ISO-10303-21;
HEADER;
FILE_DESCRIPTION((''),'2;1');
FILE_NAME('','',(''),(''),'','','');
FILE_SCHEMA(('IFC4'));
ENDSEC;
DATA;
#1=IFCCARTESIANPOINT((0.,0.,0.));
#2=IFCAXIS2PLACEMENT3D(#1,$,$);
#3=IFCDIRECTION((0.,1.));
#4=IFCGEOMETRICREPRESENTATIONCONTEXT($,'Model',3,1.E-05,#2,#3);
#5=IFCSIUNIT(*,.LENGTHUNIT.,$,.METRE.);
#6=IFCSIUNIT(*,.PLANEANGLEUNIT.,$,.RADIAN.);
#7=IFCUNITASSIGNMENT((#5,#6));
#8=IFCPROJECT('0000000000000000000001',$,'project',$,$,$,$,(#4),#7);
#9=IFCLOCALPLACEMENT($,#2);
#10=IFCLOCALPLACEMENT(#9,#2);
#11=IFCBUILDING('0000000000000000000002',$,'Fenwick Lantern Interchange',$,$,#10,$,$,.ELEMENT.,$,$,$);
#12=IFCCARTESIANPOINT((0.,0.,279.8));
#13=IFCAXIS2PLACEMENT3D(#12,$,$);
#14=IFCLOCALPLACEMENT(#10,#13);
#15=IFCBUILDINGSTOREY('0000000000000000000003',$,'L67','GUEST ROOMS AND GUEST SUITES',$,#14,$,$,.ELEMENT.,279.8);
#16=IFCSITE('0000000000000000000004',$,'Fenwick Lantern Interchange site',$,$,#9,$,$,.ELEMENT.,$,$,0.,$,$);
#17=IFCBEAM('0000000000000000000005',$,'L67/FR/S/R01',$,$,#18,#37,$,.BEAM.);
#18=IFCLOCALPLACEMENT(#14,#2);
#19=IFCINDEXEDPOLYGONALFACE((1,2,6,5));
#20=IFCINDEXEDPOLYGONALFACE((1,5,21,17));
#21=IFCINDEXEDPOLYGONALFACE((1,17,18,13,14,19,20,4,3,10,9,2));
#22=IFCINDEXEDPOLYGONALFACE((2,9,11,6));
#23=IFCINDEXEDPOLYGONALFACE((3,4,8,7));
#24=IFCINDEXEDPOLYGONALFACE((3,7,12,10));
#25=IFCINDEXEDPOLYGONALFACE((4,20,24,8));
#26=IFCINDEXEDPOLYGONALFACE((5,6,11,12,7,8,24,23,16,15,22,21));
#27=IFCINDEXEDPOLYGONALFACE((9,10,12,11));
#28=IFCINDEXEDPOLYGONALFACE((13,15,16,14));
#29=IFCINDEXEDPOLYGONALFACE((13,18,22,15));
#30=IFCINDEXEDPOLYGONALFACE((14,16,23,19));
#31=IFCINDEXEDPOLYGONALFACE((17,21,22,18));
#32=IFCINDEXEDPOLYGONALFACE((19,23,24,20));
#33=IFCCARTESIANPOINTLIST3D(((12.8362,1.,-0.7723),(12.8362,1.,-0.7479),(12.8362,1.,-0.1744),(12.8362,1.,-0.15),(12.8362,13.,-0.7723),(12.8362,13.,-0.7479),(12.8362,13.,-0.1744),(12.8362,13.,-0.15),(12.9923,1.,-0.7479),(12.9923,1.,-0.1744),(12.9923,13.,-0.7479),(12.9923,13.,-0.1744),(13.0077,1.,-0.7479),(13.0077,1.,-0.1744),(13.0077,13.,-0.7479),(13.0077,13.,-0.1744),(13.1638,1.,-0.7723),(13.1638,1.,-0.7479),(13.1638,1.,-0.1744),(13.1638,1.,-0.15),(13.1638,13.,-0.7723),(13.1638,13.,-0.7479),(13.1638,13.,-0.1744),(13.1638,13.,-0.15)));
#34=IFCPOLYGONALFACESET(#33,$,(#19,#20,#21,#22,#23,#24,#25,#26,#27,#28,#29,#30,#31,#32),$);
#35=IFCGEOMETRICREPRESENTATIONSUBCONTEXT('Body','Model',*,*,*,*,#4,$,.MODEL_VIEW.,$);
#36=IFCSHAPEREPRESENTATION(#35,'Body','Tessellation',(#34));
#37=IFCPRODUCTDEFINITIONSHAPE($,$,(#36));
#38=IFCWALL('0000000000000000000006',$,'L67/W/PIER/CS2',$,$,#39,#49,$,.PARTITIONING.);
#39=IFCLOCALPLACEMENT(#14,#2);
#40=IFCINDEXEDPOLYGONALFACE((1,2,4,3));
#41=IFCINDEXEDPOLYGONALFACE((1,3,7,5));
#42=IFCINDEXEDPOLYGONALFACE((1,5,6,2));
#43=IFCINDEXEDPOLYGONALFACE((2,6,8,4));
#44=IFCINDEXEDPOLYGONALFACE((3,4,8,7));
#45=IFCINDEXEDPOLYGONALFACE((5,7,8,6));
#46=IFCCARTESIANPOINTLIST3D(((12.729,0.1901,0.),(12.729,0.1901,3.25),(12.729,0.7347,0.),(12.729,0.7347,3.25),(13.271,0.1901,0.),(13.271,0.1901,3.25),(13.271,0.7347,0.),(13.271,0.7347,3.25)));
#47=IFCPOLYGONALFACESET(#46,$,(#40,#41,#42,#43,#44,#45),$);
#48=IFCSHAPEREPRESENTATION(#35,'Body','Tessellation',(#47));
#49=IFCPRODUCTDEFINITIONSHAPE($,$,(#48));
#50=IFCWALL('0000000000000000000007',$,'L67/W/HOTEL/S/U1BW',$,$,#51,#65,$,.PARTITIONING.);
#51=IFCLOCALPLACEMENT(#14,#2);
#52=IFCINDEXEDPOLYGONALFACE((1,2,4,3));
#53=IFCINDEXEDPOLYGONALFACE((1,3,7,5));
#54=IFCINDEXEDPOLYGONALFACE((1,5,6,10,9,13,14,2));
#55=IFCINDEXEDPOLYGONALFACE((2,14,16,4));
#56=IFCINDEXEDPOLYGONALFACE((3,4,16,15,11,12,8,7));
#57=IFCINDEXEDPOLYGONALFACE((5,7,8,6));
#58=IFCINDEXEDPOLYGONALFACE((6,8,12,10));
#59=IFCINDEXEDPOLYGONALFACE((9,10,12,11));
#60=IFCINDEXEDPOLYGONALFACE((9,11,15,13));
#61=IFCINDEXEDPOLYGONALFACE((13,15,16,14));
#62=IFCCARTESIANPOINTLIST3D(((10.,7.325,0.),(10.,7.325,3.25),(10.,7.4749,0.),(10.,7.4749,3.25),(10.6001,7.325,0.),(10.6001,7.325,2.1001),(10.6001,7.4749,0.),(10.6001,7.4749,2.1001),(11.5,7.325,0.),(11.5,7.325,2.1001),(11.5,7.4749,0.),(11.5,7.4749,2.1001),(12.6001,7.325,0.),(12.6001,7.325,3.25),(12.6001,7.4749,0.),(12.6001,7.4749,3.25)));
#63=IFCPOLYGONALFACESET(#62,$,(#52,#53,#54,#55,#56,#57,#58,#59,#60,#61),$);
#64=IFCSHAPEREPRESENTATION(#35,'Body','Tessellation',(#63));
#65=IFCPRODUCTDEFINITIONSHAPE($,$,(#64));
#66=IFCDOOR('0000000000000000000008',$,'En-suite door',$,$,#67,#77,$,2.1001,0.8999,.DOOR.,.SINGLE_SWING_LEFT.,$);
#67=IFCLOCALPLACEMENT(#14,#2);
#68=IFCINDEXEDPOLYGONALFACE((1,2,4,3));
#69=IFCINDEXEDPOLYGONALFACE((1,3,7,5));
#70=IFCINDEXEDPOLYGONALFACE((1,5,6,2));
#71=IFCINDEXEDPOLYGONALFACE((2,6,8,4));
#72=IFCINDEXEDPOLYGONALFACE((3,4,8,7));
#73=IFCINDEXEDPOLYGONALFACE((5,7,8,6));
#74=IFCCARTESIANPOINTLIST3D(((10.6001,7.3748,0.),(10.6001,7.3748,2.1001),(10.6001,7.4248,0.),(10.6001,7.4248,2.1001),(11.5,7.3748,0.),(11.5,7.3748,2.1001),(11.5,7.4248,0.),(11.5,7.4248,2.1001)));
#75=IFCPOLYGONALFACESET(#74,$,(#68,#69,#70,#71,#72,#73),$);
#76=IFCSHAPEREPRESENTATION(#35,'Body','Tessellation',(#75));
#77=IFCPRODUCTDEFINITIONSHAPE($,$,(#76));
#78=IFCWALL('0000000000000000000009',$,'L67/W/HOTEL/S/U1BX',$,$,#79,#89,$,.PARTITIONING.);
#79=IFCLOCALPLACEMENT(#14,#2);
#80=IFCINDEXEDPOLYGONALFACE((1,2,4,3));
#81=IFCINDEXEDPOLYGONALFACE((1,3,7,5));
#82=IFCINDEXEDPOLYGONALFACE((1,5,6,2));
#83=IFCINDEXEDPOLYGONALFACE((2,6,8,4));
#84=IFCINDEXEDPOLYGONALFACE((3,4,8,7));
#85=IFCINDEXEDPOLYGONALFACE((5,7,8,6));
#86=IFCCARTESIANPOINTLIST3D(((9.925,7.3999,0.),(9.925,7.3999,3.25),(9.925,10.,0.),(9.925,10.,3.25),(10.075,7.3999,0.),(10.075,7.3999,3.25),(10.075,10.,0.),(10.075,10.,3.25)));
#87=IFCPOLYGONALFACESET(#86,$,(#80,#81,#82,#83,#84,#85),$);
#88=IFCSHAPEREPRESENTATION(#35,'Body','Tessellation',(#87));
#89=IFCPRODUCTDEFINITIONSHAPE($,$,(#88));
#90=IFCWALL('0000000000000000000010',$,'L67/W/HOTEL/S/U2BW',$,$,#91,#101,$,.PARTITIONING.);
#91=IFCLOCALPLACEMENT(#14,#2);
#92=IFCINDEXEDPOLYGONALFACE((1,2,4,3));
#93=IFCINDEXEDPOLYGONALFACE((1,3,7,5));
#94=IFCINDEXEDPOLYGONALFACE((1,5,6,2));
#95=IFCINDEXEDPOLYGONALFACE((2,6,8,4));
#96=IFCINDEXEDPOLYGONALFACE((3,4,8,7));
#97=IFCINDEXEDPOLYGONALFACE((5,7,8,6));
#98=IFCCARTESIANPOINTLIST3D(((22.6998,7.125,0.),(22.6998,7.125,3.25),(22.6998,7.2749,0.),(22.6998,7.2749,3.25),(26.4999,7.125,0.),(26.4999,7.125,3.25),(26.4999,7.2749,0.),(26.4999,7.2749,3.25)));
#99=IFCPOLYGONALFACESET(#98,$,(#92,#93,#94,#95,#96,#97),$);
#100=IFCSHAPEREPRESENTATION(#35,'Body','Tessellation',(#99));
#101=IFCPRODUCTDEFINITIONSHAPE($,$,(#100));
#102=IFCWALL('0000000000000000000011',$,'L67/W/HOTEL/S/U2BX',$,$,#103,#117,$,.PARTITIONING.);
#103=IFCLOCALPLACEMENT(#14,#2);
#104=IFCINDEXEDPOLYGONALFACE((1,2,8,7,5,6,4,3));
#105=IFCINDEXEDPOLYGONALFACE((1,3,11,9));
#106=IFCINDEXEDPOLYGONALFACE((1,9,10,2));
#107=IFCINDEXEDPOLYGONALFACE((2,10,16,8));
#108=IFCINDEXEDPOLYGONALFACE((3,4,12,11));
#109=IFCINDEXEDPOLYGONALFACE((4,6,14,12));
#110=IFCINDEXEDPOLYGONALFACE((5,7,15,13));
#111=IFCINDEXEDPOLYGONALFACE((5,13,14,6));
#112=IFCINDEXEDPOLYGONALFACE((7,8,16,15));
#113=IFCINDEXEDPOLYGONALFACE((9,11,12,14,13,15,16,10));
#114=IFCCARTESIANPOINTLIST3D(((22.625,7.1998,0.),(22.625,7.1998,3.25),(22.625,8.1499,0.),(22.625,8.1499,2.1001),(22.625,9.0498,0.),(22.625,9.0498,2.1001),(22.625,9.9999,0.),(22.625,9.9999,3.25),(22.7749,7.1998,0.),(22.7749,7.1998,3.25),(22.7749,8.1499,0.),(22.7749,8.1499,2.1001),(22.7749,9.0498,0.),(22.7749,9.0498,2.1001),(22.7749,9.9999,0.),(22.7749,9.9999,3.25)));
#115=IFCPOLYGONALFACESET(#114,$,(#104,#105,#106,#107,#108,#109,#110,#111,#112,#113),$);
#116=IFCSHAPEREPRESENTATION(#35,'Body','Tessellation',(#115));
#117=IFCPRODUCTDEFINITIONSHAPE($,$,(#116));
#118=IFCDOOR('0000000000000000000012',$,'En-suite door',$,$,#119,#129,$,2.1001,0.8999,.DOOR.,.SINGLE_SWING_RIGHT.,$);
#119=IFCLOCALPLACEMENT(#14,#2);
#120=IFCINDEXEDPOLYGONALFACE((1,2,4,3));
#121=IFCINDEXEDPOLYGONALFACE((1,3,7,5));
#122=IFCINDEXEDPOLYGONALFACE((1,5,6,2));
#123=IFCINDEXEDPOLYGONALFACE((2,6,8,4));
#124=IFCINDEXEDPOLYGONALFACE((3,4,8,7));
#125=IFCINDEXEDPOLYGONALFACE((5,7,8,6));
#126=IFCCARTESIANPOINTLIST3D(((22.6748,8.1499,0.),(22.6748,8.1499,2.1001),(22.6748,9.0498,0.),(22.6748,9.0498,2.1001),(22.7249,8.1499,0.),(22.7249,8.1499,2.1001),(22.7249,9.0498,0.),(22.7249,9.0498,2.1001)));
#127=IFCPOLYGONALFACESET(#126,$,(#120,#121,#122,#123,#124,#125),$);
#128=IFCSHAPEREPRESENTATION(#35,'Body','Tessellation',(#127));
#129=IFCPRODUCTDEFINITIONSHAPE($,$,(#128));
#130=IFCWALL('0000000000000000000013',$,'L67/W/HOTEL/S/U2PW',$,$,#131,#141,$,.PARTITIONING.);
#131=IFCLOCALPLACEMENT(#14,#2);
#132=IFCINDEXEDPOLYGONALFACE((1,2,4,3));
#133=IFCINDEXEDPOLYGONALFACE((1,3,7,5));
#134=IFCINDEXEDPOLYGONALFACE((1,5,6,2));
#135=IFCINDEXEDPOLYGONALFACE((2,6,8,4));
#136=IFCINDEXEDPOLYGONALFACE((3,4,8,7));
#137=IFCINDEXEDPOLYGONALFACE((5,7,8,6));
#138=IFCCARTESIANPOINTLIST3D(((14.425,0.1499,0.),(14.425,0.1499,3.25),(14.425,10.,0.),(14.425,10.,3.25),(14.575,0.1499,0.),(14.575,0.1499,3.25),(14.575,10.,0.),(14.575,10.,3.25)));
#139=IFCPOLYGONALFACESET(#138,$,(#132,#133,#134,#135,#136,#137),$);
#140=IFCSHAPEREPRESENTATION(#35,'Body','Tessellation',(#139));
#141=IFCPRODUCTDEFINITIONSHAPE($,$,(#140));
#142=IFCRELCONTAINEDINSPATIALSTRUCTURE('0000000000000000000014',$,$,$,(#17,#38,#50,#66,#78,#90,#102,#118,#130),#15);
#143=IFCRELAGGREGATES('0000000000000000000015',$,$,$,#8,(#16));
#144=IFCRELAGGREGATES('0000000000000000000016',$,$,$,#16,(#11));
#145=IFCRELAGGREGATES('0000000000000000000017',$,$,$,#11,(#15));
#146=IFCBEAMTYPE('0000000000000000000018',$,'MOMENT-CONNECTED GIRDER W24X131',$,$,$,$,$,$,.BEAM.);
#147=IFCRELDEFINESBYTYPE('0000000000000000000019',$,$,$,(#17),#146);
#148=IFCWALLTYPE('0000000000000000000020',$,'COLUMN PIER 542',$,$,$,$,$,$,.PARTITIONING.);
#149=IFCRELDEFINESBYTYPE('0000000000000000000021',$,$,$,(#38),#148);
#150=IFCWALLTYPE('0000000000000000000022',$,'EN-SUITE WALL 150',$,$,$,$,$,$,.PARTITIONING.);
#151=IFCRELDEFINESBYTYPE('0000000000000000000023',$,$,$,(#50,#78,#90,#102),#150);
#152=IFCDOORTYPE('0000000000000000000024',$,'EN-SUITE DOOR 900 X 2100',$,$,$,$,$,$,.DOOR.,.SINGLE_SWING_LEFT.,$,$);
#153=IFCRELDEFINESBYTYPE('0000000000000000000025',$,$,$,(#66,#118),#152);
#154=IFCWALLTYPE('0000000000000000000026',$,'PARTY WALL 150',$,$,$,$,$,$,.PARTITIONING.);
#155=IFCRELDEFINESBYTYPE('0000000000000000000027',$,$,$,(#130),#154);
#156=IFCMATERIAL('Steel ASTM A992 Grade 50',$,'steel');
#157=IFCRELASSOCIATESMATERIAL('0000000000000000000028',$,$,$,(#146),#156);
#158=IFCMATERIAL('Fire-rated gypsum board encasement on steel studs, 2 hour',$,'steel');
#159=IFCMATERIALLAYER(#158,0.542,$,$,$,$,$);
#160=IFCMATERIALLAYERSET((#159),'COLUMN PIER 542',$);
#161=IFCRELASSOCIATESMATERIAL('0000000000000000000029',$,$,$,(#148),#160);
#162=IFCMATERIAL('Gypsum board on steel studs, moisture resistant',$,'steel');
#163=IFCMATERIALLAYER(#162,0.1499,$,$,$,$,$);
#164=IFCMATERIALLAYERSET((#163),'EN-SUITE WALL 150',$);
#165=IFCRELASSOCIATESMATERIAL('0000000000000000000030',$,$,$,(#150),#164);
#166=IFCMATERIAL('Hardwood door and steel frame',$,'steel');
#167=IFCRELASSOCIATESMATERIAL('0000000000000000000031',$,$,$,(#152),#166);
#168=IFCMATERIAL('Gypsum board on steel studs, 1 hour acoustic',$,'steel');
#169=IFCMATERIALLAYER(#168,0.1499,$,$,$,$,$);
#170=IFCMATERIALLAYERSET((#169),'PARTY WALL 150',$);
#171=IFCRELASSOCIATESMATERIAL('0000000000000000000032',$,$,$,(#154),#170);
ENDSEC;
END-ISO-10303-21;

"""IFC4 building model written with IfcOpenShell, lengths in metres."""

from ifc_helpers import new_model, si_unit, direction, frame, frame_2d, origin, origin_2d, place, context, subcontext, project, spatial, rectangle, i_section, extrude, material, layer, layer_set, material_profile, profile_set, type_object, element, fill, save


model = new_model("IFC4")

# Units and contexts
model_context = context("Model", 3, precision=1e-05, world=origin(), true_north=direction((0.0, 1.0)))
body_context = subcontext(model_context, "Body", "Model", "MODEL_VIEW")
ifc_project = project(units=[si_unit("LENGTHUNIT", "METRE"), si_unit("PLANEANGLEUNIT", "RADIAN")], contexts=[model_context])

# Site, building, storey
site_placement = place(None, origin())
site = spatial("IfcSite", under=ifc_project, at=site_placement, Name="Fenwick Lantern Interchange site", CompositionType="ELEMENT", RefElevation=0.0)
building_placement = place(site_placement, origin())
building = spatial("IfcBuilding", under=site, at=building_placement, Name="Fenwick Lantern Interchange", CompositionType="ELEMENT")
storey_placement = place(building_placement, frame((0.0, 0.0, 279.8)))
storey = spatial("IfcBuildingStorey", under=building, at=storey_placement, Name="L67", Description="GUEST ROOMS AND GUEST SUITES", CompositionType="ELEMENT", Elevation=279.8)

# Shared definitions
ifc_material_1 = material(Name="Steel ASTM A992 Grade 50", Category="steel")

# Beam
ifc_material_profile_1 = material_profile(ifc_material_1, i_section(OverallWidth=0.3276, OverallDepth=0.6223, WebThickness=0.0154, FlangeThickness=0.0244, at=origin_2d()), Name="W24X131")
ifc_profile_set_1 = profile_set([ifc_material_profile_1], Name="Steel ASTM A992 Grade 50")
beam_type_1 = type_object("IfcBeamType", Name="MOMENT-CONNECTED GIRDER W24X131", PredefinedType="BEAM", material=ifc_profile_set_1)
beam_1_placement = place(storey_placement, frame((13.0, 1.0, -0.4612), z_axis=(0.0, 1.0, 0.0), x_axis=(-1.0, 0.0, 0.0)))
element("IfcBeam", 1, at=beam_1_placement, inside=storey, type_object=beam_type_1, Name="L67/FR/S/R01", PredefinedType="BEAM", context=body_context, shape_type="SweptSolid", body=[
    extrude(i_section(OverallWidth=0.3276, OverallDepth=0.6223, WebThickness=0.0154, FlangeThickness=0.0244, at=origin_2d()), origin(), (0.0, 0.0, 1.0), 12.0),
])

# Wall
ifc_material_2 = material(Name="Fire-rated gypsum board encasement on steel studs, 2 hour", Category="steel")
ifc_layer_1 = layer(ifc_material_2, 0.542)
ifc_layer_set_1 = layer_set([ifc_layer_1], Name="COLUMN PIER 542")
wall_type_1 = type_object("IfcWallType", Name="COLUMN PIER 542", PredefinedType="PARTITIONING", material=ifc_layer_set_1)
wall_1_placement = place(storey_placement, frame((13.0, 0.1899, 0.0), z_axis=(0.0, 0.0, 1.0), x_axis=(0.0, 1.0, 0.0)))
element("IfcWall", 2, at=wall_1_placement, inside=storey, type_object=wall_type_1, Name="L67/W/PIER/CS2", PredefinedType="PARTITIONING", context=body_context, shape_type="SweptSolid", body=[
    extrude(rectangle(XDim=0.5447, YDim=0.542, at=frame_2d((0.2725, 0.0))), origin(), (0.0, 0.0, 1.0), 3.25),
])

# Wall, opening, door
ifc_material_3 = material(Name="Gypsum board on steel studs, moisture resistant", Category="steel")
ifc_layer_2 = layer(ifc_material_3, 0.1499)
ifc_layer_set_2 = layer_set([ifc_layer_2], Name="EN-SUITE WALL 150")
wall_type_2 = type_object("IfcWallType", Name="EN-SUITE WALL 150", PredefinedType="PARTITIONING", material=ifc_layer_set_2)
wall_2_placement = place(storey_placement, frame((10.0, 7.3999, 0.0), z_axis=(0.0, 0.0, 1.0), x_axis=(1.0, 0.0, 0.0)))
wall_2 = element("IfcWall", 3, at=wall_2_placement, inside=storey, type_object=wall_type_2, Name="L67/W/HOTEL/S/U1BW", PredefinedType="PARTITIONING", context=body_context, shape_type="SweptSolid", body=[
    extrude(rectangle(XDim=2.6001, YDim=0.1499, at=frame_2d((1.3, 0.0))), origin(), (0.0, 0.0, 1.0), 3.25),
])
opening_1_placement = place(wall_2_placement, frame((0.6001, 0.0, 0.0)))
opening_1 = element("IfcOpeningElement", 4, at=opening_1_placement, cuts=wall_2, PredefinedType="OPENING", context=body_context, shape_type="SweptSolid", body=[
    extrude(rectangle(XDim=0.8999, YDim=2.1001, at=frame_2d((0.45, 1.05))), frame((0.0, 0.085, 0.0), z_axis=(0.0, -1.0, 0.0), x_axis=(1.0, 0.0, 0.0)), (0.0, 0.0, 1.0), 0.1699),
])
ifc_material_4 = material(Name="Hardwood door and steel frame", Category="steel")
door_type = type_object("IfcDoorType", Name="EN-SUITE DOOR 900 X 2100", OperationType="SINGLE_SWING_LEFT", PredefinedType="DOOR", material=ifc_material_4)
door_1_placement = place(opening_1_placement, origin())
door_1 = element("IfcDoor", 5, at=door_1_placement, inside=storey, type_object=door_type, Name="En-suite door", OperationType="SINGLE_SWING_LEFT", OverallHeight=2.1001, OverallWidth=0.8999, PredefinedType="DOOR", context=body_context, shape_type="SweptSolid", body=[
    extrude(rectangle(XDim=0.8999, YDim=2.1001, at=frame_2d((0.45, 1.05))), frame((0.0, 0.0249, 0.0), z_axis=(0.0, -1.0, 0.0), x_axis=(1.0, 0.0, 0.0)), (0.0, 0.0, 1.0), 0.05),
])
fill(opening_1, door_1)

# Walls
wall_3_placement = place(storey_placement, frame((10.0, 7.3999, 0.0), z_axis=(0.0, 0.0, 1.0), x_axis=(0.0, 1.0, 0.0)))
element("IfcWall", 6, at=wall_3_placement, inside=storey, type_object=wall_type_2, Name="L67/W/HOTEL/S/U1BX", PredefinedType="PARTITIONING", context=body_context, shape_type="SweptSolid", body=[
    extrude(rectangle(XDim=2.6001, YDim=0.1499, at=frame_2d((1.3, 0.0))), origin(), (0.0, 0.0, 1.0), 3.25),
])
wall_4_placement = place(storey_placement, frame((22.7, 7.2, 0.0), z_axis=(0.0, 0.0, 1.0), x_axis=(1.0, 0.0, 0.0)))
element("IfcWall", 7, at=wall_4_placement, inside=storey, type_object=wall_type_2, Name="L67/W/HOTEL/S/U2BW", PredefinedType="PARTITIONING", context=body_context, shape_type="SweptSolid", body=[
    extrude(rectangle(XDim=3.8, YDim=0.1499, at=frame_2d((1.8999, 0.0))), origin(), (0.0, 0.0, 1.0), 3.25),
])

# Wall, opening, door
wall_5_placement = place(storey_placement, frame((22.7, 7.2, 0.0), z_axis=(0.0, 0.0, 1.0), x_axis=(0.0, 1.0, 0.0)))
wall_5 = element("IfcWall", 8, at=wall_5_placement, inside=storey, type_object=wall_type_2, Name="L67/W/HOTEL/S/U2BX", PredefinedType="PARTITIONING", context=body_context, shape_type="SweptSolid", body=[
    extrude(rectangle(XDim=2.8, YDim=0.1499, at=frame_2d((1.3999, 0.0))), origin(), (0.0, 0.0, 1.0), 3.25),
])
opening_2_placement = place(wall_5_placement, frame((0.95, 0.0, 0.0)))
opening_2 = element("IfcOpeningElement", 9, at=opening_2_placement, cuts=wall_5, PredefinedType="OPENING", context=body_context, shape_type="SweptSolid", body=[
    extrude(rectangle(XDim=0.8999, YDim=2.1001, at=frame_2d((0.45, 1.05))), frame((0.0, 0.085, 0.0), z_axis=(0.0, -1.0, 0.0), x_axis=(1.0, 0.0, 0.0)), (0.0, 0.0, 1.0), 0.1699),
])
door_2_placement = place(opening_2_placement, frame((0.8999, 0.0, 0.0), z_axis=(0.0, 0.0, 1.0), x_axis=(-1.0, 0.0, 0.0)))
door_2 = element("IfcDoor", 10, at=door_2_placement, inside=storey, type_object=door_type, Name="En-suite door", OperationType="SINGLE_SWING_RIGHT", OverallHeight=2.1001, OverallWidth=0.8999, PredefinedType="DOOR", context=body_context, shape_type="SweptSolid", body=[
    extrude(rectangle(XDim=0.8999, YDim=2.1001, at=frame_2d((0.45, 1.05))), frame((0.0, 0.0249, 0.0), z_axis=(0.0, -1.0, 0.0), x_axis=(1.0, 0.0, 0.0)), (0.0, 0.0, 1.0), 0.05),
])
fill(opening_2, door_2)

# Wall
ifc_material_5 = material(Name="Gypsum board on steel studs, 1 hour acoustic", Category="steel")
ifc_layer_3 = layer(ifc_material_5, 0.1499)
ifc_layer_set_3 = layer_set([ifc_layer_3], Name="PARTY WALL 150")
wall_type_3 = type_object("IfcWallType", Name="PARTY WALL 150", PredefinedType="PARTITIONING", material=ifc_layer_set_3)
wall_6_placement = place(storey_placement, frame((14.5, 0.1499, 0.0), z_axis=(0.0, 0.0, 1.0), x_axis=(0.0, 1.0, 0.0)))
element("IfcWall", 11, at=wall_6_placement, inside=storey, type_object=wall_type_3, Name="L67/W/HOTEL/S/U2PW", PredefinedType="PARTITIONING", context=body_context, shape_type="SweptSolid", body=[
    extrude(rectangle(XDim=9.8501, YDim=0.1499, at=frame_2d((4.925, 0.0))), origin(), (0.0, 0.0, 1.0), 3.25),
])

save(model, "model.ifc")
